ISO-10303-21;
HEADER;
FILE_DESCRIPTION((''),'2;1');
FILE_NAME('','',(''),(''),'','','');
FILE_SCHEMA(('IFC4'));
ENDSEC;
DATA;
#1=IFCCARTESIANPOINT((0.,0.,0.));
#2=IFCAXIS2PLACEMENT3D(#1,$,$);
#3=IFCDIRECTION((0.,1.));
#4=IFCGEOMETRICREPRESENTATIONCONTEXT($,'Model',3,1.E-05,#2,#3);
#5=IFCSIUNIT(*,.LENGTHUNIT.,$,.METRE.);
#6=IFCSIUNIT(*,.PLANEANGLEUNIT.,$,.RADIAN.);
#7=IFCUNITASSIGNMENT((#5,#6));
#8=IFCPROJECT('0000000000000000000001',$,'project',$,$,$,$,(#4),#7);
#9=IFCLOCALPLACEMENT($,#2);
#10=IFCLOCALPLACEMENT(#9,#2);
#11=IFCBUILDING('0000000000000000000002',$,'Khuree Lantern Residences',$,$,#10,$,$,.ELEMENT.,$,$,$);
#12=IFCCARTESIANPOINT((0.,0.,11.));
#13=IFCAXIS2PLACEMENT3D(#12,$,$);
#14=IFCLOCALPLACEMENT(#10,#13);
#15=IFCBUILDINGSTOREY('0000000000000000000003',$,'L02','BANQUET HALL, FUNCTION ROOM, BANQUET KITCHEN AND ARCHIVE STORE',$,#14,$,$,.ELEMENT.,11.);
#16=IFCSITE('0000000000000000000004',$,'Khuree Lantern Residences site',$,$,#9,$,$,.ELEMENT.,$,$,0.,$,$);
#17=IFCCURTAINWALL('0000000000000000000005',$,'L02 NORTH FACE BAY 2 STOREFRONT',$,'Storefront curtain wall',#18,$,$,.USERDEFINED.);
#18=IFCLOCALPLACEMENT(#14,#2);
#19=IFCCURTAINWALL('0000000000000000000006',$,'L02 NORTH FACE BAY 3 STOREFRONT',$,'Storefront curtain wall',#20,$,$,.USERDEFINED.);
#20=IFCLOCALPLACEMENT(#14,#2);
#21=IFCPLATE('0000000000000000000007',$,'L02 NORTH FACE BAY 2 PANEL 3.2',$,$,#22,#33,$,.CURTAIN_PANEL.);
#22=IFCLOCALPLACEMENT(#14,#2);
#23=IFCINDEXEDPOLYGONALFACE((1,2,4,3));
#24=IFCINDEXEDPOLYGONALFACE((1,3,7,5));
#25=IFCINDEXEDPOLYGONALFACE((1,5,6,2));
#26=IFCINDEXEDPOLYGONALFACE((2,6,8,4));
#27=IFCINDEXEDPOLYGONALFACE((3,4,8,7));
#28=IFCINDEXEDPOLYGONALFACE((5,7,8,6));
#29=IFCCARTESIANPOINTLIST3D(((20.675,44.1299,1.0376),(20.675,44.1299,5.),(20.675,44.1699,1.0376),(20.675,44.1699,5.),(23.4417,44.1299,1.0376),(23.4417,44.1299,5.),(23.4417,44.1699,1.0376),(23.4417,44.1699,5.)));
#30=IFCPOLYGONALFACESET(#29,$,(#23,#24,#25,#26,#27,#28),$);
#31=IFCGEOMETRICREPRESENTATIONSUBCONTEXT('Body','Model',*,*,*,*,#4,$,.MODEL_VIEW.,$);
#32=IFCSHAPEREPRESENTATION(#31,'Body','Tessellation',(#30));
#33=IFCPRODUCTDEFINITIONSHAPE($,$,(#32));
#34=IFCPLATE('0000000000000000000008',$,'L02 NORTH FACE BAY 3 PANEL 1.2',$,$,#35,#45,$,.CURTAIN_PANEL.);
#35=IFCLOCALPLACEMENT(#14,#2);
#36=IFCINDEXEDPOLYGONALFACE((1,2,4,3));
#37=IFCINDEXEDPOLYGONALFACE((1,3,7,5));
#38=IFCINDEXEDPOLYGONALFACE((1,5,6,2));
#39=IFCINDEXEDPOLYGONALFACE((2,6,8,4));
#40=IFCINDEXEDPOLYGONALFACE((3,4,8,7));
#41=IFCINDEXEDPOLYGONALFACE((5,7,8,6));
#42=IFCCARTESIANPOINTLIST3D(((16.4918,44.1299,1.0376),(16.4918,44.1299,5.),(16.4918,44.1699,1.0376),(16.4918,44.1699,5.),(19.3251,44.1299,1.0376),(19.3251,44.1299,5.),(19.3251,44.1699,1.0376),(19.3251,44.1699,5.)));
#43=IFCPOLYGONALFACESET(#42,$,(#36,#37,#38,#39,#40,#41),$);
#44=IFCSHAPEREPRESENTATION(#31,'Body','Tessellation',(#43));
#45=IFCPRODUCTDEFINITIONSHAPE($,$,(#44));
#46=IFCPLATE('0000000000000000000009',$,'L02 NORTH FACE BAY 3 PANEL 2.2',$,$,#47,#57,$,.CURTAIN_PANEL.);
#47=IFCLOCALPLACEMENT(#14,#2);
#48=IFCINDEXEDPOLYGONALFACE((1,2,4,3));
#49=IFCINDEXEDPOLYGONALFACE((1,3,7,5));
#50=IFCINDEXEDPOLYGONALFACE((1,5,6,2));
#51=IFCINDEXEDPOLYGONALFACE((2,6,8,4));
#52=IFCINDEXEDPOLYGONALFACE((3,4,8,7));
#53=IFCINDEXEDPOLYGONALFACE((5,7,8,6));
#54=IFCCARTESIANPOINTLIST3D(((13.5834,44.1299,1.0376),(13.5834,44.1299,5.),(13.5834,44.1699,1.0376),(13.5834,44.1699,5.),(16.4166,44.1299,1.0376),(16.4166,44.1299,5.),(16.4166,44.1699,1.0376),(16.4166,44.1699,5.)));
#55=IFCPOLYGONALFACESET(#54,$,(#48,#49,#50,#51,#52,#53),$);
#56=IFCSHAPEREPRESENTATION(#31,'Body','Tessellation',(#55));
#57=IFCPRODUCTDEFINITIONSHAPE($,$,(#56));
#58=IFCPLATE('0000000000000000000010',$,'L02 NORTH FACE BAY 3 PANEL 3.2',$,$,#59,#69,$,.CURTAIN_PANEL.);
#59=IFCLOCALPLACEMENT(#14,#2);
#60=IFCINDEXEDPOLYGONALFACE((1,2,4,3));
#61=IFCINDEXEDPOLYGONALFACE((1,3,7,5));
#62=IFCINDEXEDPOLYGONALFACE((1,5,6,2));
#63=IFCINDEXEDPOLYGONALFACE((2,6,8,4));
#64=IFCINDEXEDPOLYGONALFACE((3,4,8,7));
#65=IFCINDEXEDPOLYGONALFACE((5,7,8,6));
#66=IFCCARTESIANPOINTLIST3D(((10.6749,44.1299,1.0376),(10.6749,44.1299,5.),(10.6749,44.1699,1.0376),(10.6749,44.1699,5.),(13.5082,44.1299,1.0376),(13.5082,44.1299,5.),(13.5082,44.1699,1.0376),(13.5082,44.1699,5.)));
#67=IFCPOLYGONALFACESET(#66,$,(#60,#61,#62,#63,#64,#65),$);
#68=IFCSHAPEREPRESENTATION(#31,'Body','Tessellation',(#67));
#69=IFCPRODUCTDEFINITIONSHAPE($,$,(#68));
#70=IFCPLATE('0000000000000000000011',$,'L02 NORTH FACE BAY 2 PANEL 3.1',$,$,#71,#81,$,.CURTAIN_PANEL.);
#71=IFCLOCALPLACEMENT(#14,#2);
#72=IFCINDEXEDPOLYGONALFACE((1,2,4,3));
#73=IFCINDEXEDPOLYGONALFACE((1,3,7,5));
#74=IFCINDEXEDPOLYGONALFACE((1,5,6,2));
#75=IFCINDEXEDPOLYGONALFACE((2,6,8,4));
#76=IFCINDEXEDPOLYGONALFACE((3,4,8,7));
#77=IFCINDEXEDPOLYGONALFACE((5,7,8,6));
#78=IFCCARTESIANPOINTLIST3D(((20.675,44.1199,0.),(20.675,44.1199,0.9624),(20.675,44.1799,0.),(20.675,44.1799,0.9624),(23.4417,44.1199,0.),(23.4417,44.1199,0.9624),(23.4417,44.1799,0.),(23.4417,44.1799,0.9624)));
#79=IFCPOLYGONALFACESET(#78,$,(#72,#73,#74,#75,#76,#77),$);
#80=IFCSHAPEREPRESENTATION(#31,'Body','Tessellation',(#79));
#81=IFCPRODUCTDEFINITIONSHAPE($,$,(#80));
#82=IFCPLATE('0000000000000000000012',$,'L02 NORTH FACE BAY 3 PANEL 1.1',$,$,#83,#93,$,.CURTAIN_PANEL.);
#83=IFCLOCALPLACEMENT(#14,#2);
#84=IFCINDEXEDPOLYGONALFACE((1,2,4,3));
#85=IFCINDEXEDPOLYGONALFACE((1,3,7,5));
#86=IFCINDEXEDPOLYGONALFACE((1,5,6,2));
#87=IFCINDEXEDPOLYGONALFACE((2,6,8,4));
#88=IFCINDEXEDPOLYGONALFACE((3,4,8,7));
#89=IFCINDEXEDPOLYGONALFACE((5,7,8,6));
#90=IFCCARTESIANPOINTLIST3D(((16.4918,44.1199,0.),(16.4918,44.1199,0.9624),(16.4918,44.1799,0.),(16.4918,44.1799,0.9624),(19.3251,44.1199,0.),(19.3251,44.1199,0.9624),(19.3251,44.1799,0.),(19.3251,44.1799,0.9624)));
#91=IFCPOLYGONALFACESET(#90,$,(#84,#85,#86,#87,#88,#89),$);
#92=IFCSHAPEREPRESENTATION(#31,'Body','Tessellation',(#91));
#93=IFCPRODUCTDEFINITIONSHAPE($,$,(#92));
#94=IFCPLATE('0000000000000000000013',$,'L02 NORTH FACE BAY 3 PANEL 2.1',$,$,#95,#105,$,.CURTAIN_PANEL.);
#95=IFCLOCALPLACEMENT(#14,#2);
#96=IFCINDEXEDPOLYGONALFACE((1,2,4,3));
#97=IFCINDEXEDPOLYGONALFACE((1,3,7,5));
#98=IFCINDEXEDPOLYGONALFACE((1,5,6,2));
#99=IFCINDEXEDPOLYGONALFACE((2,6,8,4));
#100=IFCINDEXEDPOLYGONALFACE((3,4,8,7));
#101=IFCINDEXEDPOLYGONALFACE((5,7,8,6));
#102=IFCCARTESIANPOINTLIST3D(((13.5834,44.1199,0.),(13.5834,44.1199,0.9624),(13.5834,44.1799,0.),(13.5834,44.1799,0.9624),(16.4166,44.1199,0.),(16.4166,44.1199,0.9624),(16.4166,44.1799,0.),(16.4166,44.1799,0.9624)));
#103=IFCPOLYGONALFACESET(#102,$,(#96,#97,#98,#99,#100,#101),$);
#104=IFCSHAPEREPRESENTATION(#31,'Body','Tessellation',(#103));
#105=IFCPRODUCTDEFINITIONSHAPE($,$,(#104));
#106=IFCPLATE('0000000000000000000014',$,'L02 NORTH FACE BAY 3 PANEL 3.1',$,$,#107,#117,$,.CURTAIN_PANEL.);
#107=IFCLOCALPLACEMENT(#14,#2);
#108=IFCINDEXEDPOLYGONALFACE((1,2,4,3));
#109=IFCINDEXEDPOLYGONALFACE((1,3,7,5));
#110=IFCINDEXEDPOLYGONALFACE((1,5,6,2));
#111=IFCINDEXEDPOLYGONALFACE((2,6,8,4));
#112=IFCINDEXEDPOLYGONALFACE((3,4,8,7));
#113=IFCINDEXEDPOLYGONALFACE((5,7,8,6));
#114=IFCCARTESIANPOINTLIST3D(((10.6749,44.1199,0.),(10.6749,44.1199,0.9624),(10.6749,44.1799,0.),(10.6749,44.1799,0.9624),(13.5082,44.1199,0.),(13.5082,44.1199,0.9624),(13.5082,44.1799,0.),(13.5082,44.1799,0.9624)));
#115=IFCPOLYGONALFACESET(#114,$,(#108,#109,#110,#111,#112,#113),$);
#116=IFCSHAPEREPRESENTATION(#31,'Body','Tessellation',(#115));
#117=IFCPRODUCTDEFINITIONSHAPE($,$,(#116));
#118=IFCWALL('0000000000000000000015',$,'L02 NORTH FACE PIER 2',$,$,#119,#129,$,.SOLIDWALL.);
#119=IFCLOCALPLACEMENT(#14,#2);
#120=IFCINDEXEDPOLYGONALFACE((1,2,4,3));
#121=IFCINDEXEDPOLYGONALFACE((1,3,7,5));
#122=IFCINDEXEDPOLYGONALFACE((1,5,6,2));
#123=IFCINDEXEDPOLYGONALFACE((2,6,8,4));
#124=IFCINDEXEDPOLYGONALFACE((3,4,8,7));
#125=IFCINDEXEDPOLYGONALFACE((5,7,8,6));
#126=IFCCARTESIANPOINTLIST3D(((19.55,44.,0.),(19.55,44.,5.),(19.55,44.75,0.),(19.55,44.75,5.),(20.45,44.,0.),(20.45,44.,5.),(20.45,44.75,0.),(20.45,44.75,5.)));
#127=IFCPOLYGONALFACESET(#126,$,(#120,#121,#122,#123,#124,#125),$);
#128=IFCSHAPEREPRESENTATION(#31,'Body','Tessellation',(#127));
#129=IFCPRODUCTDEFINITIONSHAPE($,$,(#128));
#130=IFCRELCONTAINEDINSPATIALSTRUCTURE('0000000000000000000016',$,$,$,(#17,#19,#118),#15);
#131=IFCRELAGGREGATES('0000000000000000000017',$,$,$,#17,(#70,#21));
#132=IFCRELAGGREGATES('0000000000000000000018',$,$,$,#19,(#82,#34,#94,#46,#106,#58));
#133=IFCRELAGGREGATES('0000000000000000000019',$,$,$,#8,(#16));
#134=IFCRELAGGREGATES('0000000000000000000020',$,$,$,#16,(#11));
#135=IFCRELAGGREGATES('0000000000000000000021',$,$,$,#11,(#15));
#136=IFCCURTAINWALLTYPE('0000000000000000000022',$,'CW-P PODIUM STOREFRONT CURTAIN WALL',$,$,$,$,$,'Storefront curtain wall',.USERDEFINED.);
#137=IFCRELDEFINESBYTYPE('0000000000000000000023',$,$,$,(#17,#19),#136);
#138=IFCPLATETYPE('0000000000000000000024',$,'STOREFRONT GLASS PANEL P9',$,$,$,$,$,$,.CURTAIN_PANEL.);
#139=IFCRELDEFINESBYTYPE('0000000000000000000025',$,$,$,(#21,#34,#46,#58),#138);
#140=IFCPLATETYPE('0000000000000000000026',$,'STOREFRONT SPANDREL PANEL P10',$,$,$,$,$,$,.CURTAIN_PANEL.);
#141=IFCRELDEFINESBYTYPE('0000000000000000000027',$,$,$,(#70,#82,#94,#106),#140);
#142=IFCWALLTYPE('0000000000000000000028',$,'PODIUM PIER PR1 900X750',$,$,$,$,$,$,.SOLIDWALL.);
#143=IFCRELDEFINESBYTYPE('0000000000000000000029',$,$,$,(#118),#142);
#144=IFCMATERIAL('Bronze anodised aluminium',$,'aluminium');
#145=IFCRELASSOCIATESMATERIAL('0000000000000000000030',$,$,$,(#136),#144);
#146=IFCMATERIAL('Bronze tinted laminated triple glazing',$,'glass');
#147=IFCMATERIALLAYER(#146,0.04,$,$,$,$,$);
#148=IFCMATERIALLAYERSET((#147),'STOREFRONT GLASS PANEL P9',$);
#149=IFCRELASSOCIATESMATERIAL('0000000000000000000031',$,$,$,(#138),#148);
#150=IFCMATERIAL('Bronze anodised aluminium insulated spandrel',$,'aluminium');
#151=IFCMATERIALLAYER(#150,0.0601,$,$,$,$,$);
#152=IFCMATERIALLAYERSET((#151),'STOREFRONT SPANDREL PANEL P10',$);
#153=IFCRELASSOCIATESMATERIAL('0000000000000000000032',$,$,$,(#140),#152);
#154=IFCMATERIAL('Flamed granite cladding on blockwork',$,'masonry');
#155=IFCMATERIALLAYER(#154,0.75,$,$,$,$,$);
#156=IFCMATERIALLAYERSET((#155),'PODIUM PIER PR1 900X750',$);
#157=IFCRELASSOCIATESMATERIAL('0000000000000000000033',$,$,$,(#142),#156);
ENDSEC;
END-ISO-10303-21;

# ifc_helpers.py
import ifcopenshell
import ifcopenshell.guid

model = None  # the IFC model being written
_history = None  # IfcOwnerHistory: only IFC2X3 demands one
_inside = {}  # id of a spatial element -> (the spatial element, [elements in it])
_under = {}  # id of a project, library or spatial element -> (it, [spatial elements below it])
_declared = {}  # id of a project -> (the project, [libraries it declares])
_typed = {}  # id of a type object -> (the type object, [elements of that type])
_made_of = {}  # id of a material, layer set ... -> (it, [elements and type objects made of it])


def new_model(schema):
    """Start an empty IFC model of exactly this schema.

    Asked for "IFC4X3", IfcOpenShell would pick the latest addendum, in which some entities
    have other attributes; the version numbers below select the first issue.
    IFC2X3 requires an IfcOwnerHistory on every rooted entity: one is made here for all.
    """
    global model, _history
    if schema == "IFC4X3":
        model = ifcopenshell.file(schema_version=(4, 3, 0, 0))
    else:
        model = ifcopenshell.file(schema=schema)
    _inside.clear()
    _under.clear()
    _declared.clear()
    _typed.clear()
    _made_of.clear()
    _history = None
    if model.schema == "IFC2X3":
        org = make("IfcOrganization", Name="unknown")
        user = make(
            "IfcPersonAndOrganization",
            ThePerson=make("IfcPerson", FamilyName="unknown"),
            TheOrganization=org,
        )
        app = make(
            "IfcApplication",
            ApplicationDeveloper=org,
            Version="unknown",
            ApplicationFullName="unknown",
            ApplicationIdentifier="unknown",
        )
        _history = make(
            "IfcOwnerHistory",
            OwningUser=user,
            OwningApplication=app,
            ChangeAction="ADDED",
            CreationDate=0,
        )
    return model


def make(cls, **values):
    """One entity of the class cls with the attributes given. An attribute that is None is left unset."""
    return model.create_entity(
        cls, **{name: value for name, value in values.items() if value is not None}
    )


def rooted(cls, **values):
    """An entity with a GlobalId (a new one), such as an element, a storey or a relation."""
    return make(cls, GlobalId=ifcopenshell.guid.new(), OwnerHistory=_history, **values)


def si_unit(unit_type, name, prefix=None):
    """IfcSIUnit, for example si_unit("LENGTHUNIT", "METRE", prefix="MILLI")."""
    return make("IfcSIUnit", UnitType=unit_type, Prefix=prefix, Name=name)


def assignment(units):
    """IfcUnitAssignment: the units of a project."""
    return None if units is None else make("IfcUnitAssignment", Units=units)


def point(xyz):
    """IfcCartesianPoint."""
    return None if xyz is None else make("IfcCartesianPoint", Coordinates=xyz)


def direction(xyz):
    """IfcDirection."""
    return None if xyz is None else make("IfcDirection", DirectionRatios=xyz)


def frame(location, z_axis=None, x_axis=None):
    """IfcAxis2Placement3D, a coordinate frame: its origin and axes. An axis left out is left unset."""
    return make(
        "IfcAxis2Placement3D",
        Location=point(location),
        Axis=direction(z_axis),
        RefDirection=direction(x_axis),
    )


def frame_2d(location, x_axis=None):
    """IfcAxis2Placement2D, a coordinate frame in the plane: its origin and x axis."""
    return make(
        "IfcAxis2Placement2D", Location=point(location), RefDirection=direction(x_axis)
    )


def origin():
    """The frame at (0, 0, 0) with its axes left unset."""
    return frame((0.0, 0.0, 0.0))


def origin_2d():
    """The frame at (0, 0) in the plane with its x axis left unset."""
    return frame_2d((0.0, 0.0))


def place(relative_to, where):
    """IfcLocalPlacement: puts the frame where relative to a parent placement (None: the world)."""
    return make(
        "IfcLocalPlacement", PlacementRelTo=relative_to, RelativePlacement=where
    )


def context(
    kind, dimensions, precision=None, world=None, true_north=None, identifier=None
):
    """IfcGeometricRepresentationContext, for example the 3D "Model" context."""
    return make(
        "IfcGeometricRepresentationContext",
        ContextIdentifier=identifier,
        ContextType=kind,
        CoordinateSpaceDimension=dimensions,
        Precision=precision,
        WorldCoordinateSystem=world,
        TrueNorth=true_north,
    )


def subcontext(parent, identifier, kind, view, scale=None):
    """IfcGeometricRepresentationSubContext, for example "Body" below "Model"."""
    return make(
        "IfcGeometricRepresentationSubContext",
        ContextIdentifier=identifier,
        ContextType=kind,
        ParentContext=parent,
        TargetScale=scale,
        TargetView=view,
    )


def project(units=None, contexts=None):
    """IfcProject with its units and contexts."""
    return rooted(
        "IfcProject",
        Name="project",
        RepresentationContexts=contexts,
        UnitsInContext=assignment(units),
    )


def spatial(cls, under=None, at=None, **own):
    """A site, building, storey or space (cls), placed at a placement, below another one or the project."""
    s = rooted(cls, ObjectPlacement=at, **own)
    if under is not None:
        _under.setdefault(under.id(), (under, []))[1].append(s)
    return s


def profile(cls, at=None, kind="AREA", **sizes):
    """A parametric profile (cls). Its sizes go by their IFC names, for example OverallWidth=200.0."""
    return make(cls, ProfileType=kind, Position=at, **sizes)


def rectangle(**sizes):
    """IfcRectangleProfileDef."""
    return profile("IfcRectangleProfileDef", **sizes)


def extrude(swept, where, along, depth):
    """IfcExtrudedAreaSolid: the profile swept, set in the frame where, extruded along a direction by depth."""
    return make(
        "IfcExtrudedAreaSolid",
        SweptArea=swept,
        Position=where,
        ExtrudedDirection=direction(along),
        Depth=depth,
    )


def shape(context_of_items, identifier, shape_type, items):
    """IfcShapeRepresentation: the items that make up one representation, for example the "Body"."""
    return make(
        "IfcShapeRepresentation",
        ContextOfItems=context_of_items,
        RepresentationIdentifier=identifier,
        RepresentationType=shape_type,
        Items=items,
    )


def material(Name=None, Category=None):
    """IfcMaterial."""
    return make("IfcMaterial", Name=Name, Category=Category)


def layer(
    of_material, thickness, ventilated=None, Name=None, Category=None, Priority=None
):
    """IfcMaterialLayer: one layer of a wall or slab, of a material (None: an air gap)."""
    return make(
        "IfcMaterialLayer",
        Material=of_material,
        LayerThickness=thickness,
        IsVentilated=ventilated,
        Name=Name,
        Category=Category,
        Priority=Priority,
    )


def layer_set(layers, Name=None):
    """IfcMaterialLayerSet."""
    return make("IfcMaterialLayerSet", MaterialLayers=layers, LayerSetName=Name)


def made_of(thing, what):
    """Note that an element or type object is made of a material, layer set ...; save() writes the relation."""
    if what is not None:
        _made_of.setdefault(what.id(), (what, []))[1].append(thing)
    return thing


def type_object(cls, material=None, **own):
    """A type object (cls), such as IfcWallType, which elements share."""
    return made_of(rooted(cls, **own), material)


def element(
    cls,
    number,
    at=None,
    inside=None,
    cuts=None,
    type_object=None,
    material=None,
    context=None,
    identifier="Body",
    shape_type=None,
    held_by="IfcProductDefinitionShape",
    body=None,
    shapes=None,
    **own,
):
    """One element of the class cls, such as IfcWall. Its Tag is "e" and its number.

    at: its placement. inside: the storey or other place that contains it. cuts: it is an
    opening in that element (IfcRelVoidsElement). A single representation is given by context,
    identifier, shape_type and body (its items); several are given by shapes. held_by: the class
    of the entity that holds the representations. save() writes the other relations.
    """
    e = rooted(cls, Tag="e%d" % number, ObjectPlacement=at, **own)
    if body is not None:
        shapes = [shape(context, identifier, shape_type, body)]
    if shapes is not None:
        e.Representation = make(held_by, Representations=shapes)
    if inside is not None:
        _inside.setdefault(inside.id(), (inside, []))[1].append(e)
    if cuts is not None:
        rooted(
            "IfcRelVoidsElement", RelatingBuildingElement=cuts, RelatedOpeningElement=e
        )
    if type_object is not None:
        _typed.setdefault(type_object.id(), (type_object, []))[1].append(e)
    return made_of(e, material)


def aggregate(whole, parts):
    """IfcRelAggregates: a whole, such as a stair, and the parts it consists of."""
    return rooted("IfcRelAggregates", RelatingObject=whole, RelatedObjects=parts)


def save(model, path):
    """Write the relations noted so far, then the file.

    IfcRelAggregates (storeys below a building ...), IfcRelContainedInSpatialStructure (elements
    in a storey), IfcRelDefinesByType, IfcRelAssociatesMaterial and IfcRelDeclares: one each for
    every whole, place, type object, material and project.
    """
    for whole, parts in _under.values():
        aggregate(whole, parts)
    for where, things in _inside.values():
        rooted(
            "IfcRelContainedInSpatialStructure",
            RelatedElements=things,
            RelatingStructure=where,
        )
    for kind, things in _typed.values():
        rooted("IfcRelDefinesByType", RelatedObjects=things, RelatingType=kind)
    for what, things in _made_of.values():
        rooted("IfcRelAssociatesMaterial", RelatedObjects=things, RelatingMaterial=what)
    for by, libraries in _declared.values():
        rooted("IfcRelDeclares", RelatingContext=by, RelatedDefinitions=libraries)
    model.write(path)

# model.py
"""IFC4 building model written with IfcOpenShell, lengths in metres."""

from ifc_helpers import new_model, si_unit, direction, frame, frame_2d, origin, origin_2d, place, context, subcontext, project, spatial, rectangle, extrude, material, layer, layer_set, type_object, element, aggregate, save


model = new_model("IFC4")

# Units and contexts
model_context = context("Model", 3, precision=1e-05, world=origin(), true_north=direction((0.0, 1.0)))
body_context = subcontext(model_context, "Body", "Model", "MODEL_VIEW")
ifc_project = project(units=[si_unit("LENGTHUNIT", "METRE"), si_unit("PLANEANGLEUNIT", "RADIAN")], contexts=[model_context])

# Site, building, storey
site_placement = place(None, origin())
site = spatial("IfcSite", under=ifc_project, at=site_placement, Name="Khuree Lantern Residences site", CompositionType="ELEMENT", RefElevation=0.0)
building_placement = place(site_placement, origin())
building = spatial("IfcBuilding", under=site, at=building_placement, Name="Khuree Lantern Residences", CompositionType="ELEMENT")
storey_placement = place(building_placement, frame((0.0, 0.0, 11.0)))
storey = spatial("IfcBuildingStorey", under=building, at=storey_placement, Name="L02", Description="BANQUET HALL, FUNCTION ROOM, BANQUET KITCHEN AND ARCHIVE STORE", CompositionType="ELEMENT", Elevation=11.0)

# Curtain walls
ifc_material_1 = material(Name="Bronze anodised aluminium", Category="aluminium")
curtain_wall_type = type_object("IfcCurtainWallType", Name="CW-P PODIUM STOREFRONT CURTAIN WALL", ElementType="Storefront curtain wall", PredefinedType="USERDEFINED", material=ifc_material_1)
curtain_wall_1_placement = place(storey_placement, origin())
curtain_wall_1 = element("IfcCurtainWall", 1, at=curtain_wall_1_placement, inside=storey, type_object=curtain_wall_type, Name="L02 NORTH FACE BAY 2 STOREFRONT", ObjectType="Storefront curtain wall", PredefinedType="USERDEFINED")
curtain_wall_2_placement = place(storey_placement, origin())
curtain_wall_2 = element("IfcCurtainWall", 2, at=curtain_wall_2_placement, inside=storey, type_object=curtain_wall_type, Name="L02 NORTH FACE BAY 3 STOREFRONT", ObjectType="Storefront curtain wall", PredefinedType="USERDEFINED")

# Plates
ifc_material_2 = material(Name="Bronze tinted laminated triple glazing", Category="glass")
ifc_layer_1 = layer(ifc_material_2, 0.04)
ifc_layer_set_1 = layer_set([ifc_layer_1], Name="STOREFRONT GLASS PANEL P9")
plate_type_1 = type_object("IfcPlateType", Name="STOREFRONT GLASS PANEL P9", PredefinedType="CURTAIN_PANEL", material=ifc_layer_set_1)
plate_1_placement = place(storey_placement, frame((22.0583, 44.1499, 1.0376), z_axis=(0.0, 0.0, 1.0), x_axis=(-1.0, 0.0, 0.0)))
plate_1 = element("IfcPlate", 3, at=plate_1_placement, type_object=plate_type_1, Name="L02 NORTH FACE BAY 2 PANEL 3.2", PredefinedType="CURTAIN_PANEL", context=body_context, shape_type="SweptSolid", body=[
    extrude(rectangle(XDim=2.7666, YDim=0.04, at=origin_2d()), origin(), (0.0, 0.0, 1.0), 3.9624),
])
plate_2_placement = place(storey_placement, frame((17.9084, 44.1499, 1.0376), z_axis=(0.0, 0.0, 1.0), x_axis=(-1.0, 0.0, 0.0)))
plate_2 = element("IfcPlate", 4, at=plate_2_placement, type_object=plate_type_1, Name="L02 NORTH FACE BAY 3 PANEL 1.2", PredefinedType="CURTAIN_PANEL", context=body_context, shape_type="SweptSolid", body=[
    extrude(rectangle(XDim=2.8333, YDim=0.04, at=origin_2d()), origin(), (0.0, 0.0, 1.0), 3.9624),
])
plate_3_placement = place(storey_placement, frame((15.0, 44.1499, 1.0376), z_axis=(0.0, 0.0, 1.0), x_axis=(-1.0, 0.0, 0.0)))
plate_3 = element("IfcPlate", 5, at=plate_3_placement, type_object=plate_type_1, Name="L02 NORTH FACE BAY 3 PANEL 2.2", PredefinedType="CURTAIN_PANEL", context=body_context, shape_type="SweptSolid", body=[
    extrude(rectangle(XDim=2.8333, YDim=0.04, at=origin_2d()), origin(), (0.0, 0.0, 1.0), 3.9624),
])
plate_4_placement = place(storey_placement, frame((12.0916, 44.1499, 1.0376), z_axis=(0.0, 0.0, 1.0), x_axis=(-1.0, 0.0, 0.0)))
plate_4 = element("IfcPlate", 6, at=plate_4_placement, type_object=plate_type_1, Name="L02 NORTH FACE BAY 3 PANEL 3.2", PredefinedType="CURTAIN_PANEL", context=body_context, shape_type="SweptSolid", body=[
    extrude(rectangle(XDim=2.8333, YDim=0.04, at=origin_2d()), origin(), (0.0, 0.0, 1.0), 3.9624),
])
ifc_material_3 = material(Name="Bronze anodised aluminium insulated spandrel", Category="aluminium")
ifc_layer_2 = layer(ifc_material_3, 0.0601)
ifc_layer_set_2 = layer_set([ifc_layer_2], Name="STOREFRONT SPANDREL PANEL P10")
plate_type_2 = type_object("IfcPlateType", Name="STOREFRONT SPANDREL PANEL P10", PredefinedType="CURTAIN_PANEL", material=ifc_layer_set_2)
plate_5_placement = place(storey_placement, frame((22.0583, 44.1499, 0.0), z_axis=(0.0, 0.0, 1.0), x_axis=(-1.0, 0.0, 0.0)))
plate_5 = element("IfcPlate", 7, at=plate_5_placement, type_object=plate_type_2, Name="L02 NORTH FACE BAY 2 PANEL 3.1", PredefinedType="CURTAIN_PANEL", context=body_context, shape_type="SweptSolid", body=[
    extrude(rectangle(XDim=2.7666, YDim=0.0601, at=origin_2d()), origin(), (0.0, 0.0, 1.0), 0.9624),
])
aggregate(curtain_wall_1, [plate_5, plate_1])
plate_6_placement = place(storey_placement, frame((17.9084, 44.1499, 0.0), z_axis=(0.0, 0.0, 1.0), x_axis=(-1.0, 0.0, 0.0)))
plate_6 = element("IfcPlate", 8, at=plate_6_placement, type_object=plate_type_2, Name="L02 NORTH FACE BAY 3 PANEL 1.1", PredefinedType="CURTAIN_PANEL", context=body_context, shape_type="SweptSolid", body=[
    extrude(rectangle(XDim=2.8333, YDim=0.0601, at=origin_2d()), origin(), (0.0, 0.0, 1.0), 0.9624),
])
plate_7_placement = place(storey_placement, frame((15.0, 44.1499, 0.0), z_axis=(0.0, 0.0, 1.0), x_axis=(-1.0, 0.0, 0.0)))
plate_7 = element("IfcPlate", 9, at=plate_7_placement, type_object=plate_type_2, Name="L02 NORTH FACE BAY 3 PANEL 2.1", PredefinedType="CURTAIN_PANEL", context=body_context, shape_type="SweptSolid", body=[
    extrude(rectangle(XDim=2.8333, YDim=0.0601, at=origin_2d()), origin(), (0.0, 0.0, 1.0), 0.9624),
])
plate_8_placement = place(storey_placement, frame((12.0916, 44.1499, 0.0), z_axis=(0.0, 0.0, 1.0), x_axis=(-1.0, 0.0, 0.0)))
plate_8 = element("IfcPlate", 10, at=plate_8_placement, type_object=plate_type_2, Name="L02 NORTH FACE BAY 3 PANEL 3.1", PredefinedType="CURTAIN_PANEL", context=body_context, shape_type="SweptSolid", body=[
    extrude(rectangle(XDim=2.8333, YDim=0.0601, at=origin_2d()), origin(), (0.0, 0.0, 1.0), 0.9624),
])
aggregate(curtain_wall_2, [plate_6, plate_2, plate_7, plate_3, plate_8, plate_4])

# Wall
ifc_material_4 = material(Name="Flamed granite cladding on blockwork", Category="masonry")
ifc_layer_3 = layer(ifc_material_4, 0.75)
ifc_layer_set_3 = layer_set([ifc_layer_3], Name="PODIUM PIER PR1 900X750")
wall_type = type_object("IfcWallType", Name="PODIUM PIER PR1 900X750", PredefinedType="SOLIDWALL", material=ifc_layer_set_3)
wall_placement = place(storey_placement, frame((20.45, 44.375, 0.0), z_axis=(0.0, 0.0, 1.0), x_axis=(-1.0, 0.0, 0.0)))
element("IfcWall", 11, at=wall_placement, inside=storey, type_object=wall_type, Name="L02 NORTH FACE PIER 2", PredefinedType="SOLIDWALL", context=body_context, shape_type="SweptSolid", body=[
    extrude(rectangle(XDim=0.8999, YDim=0.75, at=frame_2d((0.45, 0.0))), origin(), (0.0, 0.0, 1.0), 5.0),
])

save(model, "model.ifc")
